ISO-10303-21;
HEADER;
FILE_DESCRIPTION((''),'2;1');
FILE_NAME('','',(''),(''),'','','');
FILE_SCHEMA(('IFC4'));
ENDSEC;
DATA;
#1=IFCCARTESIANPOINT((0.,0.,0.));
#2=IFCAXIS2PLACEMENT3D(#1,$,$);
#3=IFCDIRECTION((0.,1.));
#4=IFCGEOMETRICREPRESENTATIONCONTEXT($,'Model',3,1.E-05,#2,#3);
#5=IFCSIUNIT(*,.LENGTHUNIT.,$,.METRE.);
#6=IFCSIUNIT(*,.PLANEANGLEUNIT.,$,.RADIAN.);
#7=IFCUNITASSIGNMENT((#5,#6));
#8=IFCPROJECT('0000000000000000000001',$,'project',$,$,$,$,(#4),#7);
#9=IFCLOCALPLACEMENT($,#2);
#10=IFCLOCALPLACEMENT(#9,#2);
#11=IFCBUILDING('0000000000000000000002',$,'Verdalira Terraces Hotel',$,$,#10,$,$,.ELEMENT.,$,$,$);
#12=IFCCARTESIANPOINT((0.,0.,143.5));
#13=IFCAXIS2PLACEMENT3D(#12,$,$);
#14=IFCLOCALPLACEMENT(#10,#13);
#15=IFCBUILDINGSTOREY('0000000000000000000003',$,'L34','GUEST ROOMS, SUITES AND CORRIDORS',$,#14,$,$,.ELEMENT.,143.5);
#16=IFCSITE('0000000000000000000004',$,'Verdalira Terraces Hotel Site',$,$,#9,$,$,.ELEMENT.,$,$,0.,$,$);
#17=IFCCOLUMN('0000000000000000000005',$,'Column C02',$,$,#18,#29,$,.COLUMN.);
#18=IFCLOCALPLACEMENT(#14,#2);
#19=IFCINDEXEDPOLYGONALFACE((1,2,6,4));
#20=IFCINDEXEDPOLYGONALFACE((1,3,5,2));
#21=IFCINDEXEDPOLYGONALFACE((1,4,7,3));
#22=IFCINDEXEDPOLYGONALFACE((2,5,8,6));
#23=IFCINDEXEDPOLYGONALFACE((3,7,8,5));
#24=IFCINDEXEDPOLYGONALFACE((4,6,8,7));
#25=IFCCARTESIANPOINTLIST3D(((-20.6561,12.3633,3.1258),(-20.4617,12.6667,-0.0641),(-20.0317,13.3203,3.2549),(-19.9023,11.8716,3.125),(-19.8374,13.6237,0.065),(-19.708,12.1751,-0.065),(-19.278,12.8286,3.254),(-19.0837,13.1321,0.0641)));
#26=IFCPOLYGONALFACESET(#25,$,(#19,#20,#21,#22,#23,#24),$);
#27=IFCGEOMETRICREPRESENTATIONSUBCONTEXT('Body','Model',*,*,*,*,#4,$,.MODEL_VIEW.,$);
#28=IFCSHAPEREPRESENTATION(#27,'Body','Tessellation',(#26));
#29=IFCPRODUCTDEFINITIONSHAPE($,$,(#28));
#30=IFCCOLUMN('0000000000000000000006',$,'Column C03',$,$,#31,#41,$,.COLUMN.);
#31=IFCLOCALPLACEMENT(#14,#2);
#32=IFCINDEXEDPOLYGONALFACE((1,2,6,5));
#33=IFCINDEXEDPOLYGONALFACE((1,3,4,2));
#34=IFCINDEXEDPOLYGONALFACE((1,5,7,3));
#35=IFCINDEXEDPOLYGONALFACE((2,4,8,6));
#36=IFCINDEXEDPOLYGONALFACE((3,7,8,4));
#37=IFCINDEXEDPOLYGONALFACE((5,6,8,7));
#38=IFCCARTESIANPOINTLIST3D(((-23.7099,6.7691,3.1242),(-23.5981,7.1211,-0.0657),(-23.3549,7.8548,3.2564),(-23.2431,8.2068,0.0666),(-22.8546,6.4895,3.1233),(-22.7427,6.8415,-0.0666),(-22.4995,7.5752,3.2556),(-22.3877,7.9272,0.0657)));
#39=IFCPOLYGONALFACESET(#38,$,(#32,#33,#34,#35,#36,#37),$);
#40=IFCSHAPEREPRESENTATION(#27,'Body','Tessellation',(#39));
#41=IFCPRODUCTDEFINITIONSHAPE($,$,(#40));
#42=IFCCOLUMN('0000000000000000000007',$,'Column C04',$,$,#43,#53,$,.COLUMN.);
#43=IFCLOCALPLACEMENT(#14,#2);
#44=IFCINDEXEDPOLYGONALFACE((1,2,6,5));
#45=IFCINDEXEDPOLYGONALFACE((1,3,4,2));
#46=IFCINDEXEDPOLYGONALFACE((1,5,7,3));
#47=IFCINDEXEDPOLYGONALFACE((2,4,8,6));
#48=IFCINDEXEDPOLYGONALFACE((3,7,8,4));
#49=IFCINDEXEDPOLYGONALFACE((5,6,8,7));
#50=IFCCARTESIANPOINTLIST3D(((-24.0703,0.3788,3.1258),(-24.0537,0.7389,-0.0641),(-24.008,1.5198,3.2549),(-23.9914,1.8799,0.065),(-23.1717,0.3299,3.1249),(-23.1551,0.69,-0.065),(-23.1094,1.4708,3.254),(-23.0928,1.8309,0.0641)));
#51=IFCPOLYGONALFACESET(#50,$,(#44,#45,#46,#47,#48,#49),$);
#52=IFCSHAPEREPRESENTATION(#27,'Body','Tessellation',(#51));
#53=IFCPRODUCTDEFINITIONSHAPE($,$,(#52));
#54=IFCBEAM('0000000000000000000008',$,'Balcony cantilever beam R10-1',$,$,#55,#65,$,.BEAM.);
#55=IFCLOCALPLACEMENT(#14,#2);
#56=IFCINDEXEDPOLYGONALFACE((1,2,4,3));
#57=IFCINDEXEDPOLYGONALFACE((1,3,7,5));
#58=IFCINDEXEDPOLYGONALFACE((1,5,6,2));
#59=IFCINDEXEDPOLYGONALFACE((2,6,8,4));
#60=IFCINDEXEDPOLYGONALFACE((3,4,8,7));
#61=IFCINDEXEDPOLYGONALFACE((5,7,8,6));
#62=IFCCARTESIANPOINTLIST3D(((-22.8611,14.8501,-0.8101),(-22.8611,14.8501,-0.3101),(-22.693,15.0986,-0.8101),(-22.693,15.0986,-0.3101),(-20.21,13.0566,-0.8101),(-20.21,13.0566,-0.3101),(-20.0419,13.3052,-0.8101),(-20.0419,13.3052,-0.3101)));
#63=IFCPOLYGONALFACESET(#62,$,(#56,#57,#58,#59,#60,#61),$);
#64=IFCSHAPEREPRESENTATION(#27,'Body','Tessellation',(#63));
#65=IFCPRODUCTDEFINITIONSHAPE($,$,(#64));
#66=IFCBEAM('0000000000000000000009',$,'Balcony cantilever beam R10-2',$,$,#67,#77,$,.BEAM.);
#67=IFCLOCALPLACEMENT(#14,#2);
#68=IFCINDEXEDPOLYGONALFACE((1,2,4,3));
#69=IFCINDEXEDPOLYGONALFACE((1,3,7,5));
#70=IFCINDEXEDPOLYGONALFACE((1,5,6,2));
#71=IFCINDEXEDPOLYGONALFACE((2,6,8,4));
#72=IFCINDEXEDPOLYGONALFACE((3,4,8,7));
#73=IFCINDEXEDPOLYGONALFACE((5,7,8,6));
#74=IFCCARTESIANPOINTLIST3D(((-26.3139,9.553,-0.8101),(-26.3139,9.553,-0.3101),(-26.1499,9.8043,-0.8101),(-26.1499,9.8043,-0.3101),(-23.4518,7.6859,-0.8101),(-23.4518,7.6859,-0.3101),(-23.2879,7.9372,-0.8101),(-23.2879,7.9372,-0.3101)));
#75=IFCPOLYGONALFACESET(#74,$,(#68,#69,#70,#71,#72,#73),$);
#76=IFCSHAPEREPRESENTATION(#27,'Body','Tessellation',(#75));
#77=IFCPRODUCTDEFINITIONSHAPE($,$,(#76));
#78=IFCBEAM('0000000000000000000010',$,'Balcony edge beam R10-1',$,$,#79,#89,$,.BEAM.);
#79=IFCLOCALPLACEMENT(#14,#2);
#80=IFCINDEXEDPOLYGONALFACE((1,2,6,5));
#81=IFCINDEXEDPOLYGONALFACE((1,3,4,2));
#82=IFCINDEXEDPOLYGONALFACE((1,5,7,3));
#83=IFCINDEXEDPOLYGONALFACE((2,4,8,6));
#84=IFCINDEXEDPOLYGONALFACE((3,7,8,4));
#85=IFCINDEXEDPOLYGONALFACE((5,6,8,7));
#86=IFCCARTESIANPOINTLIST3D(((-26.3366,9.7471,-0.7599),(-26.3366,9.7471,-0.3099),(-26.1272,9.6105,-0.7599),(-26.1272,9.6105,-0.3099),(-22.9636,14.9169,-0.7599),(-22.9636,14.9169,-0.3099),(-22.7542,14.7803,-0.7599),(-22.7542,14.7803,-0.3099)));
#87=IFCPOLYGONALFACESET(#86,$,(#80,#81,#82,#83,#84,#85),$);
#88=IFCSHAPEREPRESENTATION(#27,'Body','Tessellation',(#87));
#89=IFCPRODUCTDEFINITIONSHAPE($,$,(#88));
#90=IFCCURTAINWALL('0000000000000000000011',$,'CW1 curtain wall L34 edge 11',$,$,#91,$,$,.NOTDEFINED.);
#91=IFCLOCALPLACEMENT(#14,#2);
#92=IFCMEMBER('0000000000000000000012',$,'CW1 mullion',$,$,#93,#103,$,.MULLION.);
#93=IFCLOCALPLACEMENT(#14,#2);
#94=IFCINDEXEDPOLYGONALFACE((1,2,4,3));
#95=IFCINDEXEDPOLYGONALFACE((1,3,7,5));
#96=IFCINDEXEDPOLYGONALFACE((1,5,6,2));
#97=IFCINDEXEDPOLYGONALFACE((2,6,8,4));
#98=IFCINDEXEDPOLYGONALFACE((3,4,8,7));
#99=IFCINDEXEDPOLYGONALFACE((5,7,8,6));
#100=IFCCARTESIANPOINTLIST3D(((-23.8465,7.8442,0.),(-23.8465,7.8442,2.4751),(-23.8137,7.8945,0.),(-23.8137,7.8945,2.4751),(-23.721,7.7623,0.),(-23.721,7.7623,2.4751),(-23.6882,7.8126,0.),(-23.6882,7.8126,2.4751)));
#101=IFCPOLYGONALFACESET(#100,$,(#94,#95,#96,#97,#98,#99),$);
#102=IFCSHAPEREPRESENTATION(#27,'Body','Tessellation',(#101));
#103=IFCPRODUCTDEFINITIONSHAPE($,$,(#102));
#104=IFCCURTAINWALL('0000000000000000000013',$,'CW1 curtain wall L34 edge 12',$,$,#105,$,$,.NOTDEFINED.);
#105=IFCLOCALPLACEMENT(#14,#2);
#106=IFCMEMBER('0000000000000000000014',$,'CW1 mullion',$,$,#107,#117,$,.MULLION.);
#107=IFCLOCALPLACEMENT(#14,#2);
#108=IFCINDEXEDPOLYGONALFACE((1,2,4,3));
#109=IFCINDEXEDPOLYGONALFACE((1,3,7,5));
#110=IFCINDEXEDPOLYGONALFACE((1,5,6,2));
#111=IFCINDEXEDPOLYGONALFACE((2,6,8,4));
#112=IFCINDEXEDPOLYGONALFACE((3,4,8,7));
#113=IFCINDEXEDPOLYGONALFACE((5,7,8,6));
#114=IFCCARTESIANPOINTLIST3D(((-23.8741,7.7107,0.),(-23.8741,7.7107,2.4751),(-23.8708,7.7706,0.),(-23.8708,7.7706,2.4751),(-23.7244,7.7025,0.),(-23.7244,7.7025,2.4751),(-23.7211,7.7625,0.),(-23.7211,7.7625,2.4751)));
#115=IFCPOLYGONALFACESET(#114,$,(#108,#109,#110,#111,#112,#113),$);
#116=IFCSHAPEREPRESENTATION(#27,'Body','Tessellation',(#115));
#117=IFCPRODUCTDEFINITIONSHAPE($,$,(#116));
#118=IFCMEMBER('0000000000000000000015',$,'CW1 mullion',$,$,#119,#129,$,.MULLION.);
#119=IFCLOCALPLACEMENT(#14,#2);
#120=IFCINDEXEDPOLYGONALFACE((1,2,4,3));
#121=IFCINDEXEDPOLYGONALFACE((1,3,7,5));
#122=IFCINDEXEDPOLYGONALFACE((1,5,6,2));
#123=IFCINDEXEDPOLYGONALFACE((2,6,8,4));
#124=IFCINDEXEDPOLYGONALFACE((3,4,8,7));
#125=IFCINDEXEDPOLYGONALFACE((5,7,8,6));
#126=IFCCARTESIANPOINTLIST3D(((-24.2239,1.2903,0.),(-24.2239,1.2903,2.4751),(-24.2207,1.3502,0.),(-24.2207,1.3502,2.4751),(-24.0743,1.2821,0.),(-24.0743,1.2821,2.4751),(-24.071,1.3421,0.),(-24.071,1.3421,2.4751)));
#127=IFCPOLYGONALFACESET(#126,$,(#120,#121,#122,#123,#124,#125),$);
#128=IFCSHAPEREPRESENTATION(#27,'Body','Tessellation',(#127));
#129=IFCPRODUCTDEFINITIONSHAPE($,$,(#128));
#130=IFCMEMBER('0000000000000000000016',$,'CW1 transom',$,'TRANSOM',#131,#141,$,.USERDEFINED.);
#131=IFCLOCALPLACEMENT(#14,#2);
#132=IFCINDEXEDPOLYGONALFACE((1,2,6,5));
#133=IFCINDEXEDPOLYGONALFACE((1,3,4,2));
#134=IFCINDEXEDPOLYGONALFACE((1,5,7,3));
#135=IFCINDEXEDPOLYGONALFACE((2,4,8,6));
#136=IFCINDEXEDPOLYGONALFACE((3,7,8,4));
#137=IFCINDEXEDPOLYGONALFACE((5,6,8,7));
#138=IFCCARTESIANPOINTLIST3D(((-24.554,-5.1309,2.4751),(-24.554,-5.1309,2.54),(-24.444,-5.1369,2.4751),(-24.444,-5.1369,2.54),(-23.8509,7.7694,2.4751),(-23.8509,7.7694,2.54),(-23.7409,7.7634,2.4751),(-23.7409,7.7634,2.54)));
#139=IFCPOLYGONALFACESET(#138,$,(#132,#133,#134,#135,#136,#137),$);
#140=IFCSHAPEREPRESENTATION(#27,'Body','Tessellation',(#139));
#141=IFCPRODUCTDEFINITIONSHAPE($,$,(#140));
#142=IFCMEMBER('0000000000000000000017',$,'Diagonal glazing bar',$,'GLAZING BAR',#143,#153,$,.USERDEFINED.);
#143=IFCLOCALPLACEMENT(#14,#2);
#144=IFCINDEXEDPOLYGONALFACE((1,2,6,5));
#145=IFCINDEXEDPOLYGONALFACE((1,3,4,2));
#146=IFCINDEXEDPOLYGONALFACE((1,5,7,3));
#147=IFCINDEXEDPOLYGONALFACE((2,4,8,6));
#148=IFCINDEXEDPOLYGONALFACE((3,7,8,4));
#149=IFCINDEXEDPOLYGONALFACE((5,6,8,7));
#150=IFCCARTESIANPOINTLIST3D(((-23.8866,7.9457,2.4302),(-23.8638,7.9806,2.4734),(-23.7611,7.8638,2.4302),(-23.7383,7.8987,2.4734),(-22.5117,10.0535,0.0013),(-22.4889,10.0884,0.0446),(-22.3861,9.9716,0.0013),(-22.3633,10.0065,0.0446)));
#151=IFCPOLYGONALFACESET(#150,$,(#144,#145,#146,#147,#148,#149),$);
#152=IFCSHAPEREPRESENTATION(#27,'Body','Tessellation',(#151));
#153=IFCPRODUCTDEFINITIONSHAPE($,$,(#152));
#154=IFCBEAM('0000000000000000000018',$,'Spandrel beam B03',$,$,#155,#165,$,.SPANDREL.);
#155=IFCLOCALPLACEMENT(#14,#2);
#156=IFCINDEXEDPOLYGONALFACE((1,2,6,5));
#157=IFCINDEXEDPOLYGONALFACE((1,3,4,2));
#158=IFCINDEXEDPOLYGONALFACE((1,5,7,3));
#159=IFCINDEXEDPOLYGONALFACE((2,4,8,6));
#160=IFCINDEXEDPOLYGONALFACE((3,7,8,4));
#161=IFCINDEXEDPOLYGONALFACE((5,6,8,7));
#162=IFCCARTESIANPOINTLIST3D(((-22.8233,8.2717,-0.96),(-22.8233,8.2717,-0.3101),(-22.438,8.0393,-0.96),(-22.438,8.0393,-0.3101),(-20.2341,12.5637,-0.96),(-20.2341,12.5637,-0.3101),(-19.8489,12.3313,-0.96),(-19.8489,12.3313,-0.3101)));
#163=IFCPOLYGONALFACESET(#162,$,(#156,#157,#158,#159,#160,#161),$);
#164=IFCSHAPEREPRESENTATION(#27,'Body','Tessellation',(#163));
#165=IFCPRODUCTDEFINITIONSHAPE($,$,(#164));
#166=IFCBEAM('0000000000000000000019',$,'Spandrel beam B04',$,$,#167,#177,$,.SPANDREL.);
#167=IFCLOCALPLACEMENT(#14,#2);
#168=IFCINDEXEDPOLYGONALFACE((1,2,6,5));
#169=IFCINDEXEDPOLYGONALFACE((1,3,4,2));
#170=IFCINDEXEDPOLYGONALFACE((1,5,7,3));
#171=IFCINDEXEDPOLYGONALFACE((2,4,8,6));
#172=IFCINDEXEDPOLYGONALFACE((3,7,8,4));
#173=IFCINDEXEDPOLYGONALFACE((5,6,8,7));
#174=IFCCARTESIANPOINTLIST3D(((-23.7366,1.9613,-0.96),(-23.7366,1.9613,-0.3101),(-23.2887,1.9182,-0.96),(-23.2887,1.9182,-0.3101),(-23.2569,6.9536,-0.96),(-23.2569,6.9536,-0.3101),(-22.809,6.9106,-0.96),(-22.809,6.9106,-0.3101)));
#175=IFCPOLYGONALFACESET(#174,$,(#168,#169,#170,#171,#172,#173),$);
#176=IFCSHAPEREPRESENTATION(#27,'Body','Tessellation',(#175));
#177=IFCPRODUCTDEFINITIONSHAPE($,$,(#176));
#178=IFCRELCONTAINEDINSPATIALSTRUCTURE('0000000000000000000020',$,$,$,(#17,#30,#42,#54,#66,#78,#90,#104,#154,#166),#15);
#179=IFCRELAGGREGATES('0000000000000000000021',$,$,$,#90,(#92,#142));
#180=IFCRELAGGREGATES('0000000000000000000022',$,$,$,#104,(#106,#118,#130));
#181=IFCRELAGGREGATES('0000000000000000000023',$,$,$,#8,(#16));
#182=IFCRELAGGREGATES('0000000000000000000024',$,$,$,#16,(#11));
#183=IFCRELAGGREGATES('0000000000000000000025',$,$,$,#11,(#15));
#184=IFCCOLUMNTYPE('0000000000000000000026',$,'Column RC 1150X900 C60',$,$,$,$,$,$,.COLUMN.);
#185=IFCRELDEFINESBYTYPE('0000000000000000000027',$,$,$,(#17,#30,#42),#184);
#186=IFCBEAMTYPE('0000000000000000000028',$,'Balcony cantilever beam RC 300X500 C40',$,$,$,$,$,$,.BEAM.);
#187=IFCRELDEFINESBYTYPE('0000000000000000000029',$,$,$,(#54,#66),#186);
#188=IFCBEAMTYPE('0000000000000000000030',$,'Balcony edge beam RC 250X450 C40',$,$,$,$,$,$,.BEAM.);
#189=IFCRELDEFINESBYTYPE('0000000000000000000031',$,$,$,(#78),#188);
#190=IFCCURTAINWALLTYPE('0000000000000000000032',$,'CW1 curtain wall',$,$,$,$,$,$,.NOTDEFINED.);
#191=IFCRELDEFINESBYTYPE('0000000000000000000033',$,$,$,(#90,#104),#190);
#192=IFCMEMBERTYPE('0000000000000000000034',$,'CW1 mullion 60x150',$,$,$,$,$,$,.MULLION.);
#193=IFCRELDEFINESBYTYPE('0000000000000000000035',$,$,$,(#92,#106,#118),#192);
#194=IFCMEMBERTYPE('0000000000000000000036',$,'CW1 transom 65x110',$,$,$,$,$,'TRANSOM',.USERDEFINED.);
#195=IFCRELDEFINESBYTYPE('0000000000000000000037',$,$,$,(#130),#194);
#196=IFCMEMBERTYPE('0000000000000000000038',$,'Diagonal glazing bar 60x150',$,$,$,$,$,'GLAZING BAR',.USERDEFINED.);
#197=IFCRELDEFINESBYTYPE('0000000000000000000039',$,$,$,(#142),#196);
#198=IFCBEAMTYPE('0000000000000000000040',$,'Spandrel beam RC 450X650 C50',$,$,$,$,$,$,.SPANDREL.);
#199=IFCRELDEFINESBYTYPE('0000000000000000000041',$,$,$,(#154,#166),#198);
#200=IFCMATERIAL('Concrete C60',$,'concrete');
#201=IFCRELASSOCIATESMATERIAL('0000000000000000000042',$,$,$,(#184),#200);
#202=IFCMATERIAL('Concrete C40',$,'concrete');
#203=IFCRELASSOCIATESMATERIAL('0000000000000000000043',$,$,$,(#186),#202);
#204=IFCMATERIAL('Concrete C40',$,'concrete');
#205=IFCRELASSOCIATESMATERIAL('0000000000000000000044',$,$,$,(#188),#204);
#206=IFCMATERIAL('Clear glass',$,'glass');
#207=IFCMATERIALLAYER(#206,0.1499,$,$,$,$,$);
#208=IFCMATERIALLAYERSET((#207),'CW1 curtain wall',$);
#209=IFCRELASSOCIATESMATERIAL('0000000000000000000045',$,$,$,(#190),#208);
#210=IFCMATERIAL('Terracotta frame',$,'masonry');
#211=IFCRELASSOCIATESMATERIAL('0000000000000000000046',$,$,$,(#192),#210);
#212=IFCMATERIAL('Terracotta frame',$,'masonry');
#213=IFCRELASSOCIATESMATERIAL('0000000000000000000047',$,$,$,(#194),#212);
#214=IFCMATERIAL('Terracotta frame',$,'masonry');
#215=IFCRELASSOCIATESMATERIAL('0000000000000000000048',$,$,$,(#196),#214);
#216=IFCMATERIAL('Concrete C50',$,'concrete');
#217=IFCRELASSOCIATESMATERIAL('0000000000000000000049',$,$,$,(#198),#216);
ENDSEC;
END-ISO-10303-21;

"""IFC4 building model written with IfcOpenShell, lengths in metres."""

from ifc_helpers import new_model, si_unit, direction, frame, origin, origin_2d, place, context, subcontext, project, spatial, rectangle, extrude, material, layer, layer_set, material_profile, profile_set, type_object, element, aggregate, save


model = new_model("IFC4")

# Units and contexts
model_context = context("Model", 3, precision=1e-05, world=origin(), true_north=direction((0.0, 1.0)))
body_context = subcontext(model_context, "Body", "Model", "MODEL_VIEW")
ifc_project = project(units=[si_unit("LENGTHUNIT", "METRE"), si_unit("PLANEANGLEUNIT", "RADIAN")], contexts=[model_context])

# Site, building, storey
site_placement = place(None, origin())
site = spatial("IfcSite", under=ifc_project, at=site_placement, Name="Verdalira Terraces Hotel Site", CompositionType="ELEMENT", RefElevation=0.0)
building_placement = place(site_placement, origin())
building = spatial("IfcBuilding", under=site, at=building_placement, Name="Verdalira Terraces Hotel", CompositionType="ELEMENT")
storey_placement = place(building_placement, frame((0.0, 0.0, 143.5)))
storey = spatial("IfcBuildingStorey", under=building, at=storey_placement, Name="L34", Description="GUEST ROOMS, SUITES AND CORRIDORS", CompositionType="ELEMENT", Elevation=143.5)

# Columns
ifc_material_1 = material(Name="Concrete C60", Category="concrete")
ifc_material_profile_1 = material_profile(ifc_material_1, rectangle(XDim=1.1499, YDim=0.8999, at=origin_2d()), Name="RC 1150X900")
ifc_profile_set_1 = profile_set([ifc_material_profile_1], Name="Concrete C60")
column_type = type_object("IfcColumnType", Name="Column RC 1150X900 C60", PredefinedType="COLUMN", material=ifc_profile_set_1)
column_1_placement = place(storey_placement, frame((-19.7727, 12.8994, 0.0), z_axis=(-0.060536, -0.094531, 0.99368), x_axis=(-0.542957, -0.832224, -0.112249)))
element("IfcColumn", 1, at=column_1_placement, inside=storey, type_object=column_type, Name="Column C02", PredefinedType="COLUMN", context=body_context, shape_type="SweptSolid", body=[
    extrude(rectangle(XDim=1.1499, YDim=0.8999, at=origin_2d()), origin(), (0.0, 0.0, 1.0), 3.2102),
])
column_2_placement = place(storey_placement, frame((-22.9929, 7.5242, 0.0), z_axis=(-0.03482, -0.10963, 0.993362), x_axis=(0.30873, 0.944169, 0.115023)))
element("IfcColumn", 2, at=column_2_placement, inside=storey, type_object=column_type, Name="Column C03", PredefinedType="COLUMN", context=body_context, shape_type="SweptSolid", body=[
    extrude(rectangle(XDim=1.1499, YDim=0.8999, at=origin_2d()), origin(), (0.0, 0.0, 1.0), 3.2112),
])
column_3_placement = place(storey_placement, frame((-23.5732, 1.2849, 0.0), z_axis=(-0.005171, -0.112174, 0.993675), x_axis=(-0.054183, -0.992197, -0.11229)))
element("IfcColumn", 3, at=column_3_placement, inside=storey, type_object=column_type, Name="Column C04", PredefinedType="COLUMN", context=body_context, shape_type="SweptSolid", body=[
    extrude(rectangle(XDim=1.1499, YDim=0.8999, at=origin_2d()), origin(), (0.0, 0.0, 1.0), 3.2102),
])

# Beams
ifc_material_2 = material(Name="Concrete C40", Category="concrete")
ifc_material_profile_2 = material_profile(ifc_material_2, rectangle(XDim=0.3, YDim=0.5, at=origin_2d()), Name="RC 300X500")
ifc_profile_set_2 = profile_set([ifc_material_profile_2], Name="Concrete C40")
beam_type_1 = type_object("IfcBeamType", Name="Balcony cantilever beam RC 300X500 C40", PredefinedType="BEAM", material=ifc_profile_set_2)
beam_1_placement = place(storey_placement, frame((-20.126, 13.1809, -0.5601), z_axis=(-0.828276, 0.56032, 0.0), x_axis=(-0.56032, -0.828276, 0.0)))
element("IfcBeam", 4, at=beam_1_placement, inside=storey, type_object=beam_type_1, Name="Balcony cantilever beam R10-1", PredefinedType="BEAM", context=body_context, shape_type="SweptSolid", body=[
    extrude(rectangle(XDim=0.3, YDim=0.5, at=origin_2d()), origin(), (0.0, 0.0, 1.0), 3.2007),
])
beam_2_placement = place(storey_placement, frame((-23.3699, 7.8115, -0.5601), z_axis=(-0.837527, 0.546396, 0.0), x_axis=(-0.546396, -0.837527, 0.0)))
element("IfcBeam", 5, at=beam_2_placement, inside=storey, type_object=beam_type_1, Name="Balcony cantilever beam R10-2", PredefinedType="BEAM", context=body_context, shape_type="SweptSolid", body=[
    extrude(rectangle(XDim=0.3, YDim=0.5, at=origin_2d()), origin(), (0.0, 0.0, 1.0), 3.4172),
])
ifc_material_3 = material(Name="Concrete C40", Category="concrete")
ifc_material_profile_3 = material_profile(ifc_material_3, rectangle(XDim=0.25, YDim=0.45, at=origin_2d()), Name="RC 250X450")
ifc_profile_set_3 = profile_set([ifc_material_profile_3], Name="Concrete C40")
beam_type_2 = type_object("IfcBeamType", Name="Balcony edge beam RC 250X450 C40", PredefinedType="BEAM", material=ifc_profile_set_3)
beam_3_placement = place(storey_placement, frame((-22.8589, 14.8486, -0.5349), z_axis=(-0.546422, -0.83751, 0.0), x_axis=(0.83751, -0.546422, 0.0)))
element("IfcBeam", 6, at=beam_3_placement, inside=storey, type_object=beam_type_2, Name="Balcony edge beam R10-1", PredefinedType="BEAM", context=body_context, shape_type="SweptSolid", body=[
    extrude(rectangle(XDim=0.25, YDim=0.45, at=origin_2d()), origin(), (0.0, 0.0, 1.0), 6.1729),
])

# Curtain wall, member
ifc_material_4 = material(Name="Clear glass", Category="glass")
ifc_layer_1 = layer(ifc_material_4, 0.1499)
ifc_layer_set_1 = layer_set([ifc_layer_1], Name="CW1 curtain wall")
curtain_wall_type = type_object("IfcCurtainWallType", Name="CW1 curtain wall", PredefinedType="NOTDEFINED", material=ifc_layer_set_1)
curtain_wall_1_placement = place(storey_placement, origin())
curtain_wall_1 = element("IfcCurtainWall", 7, at=curtain_wall_1_placement, inside=storey, type_object=curtain_wall_type, Name="CW1 curtain wall L34 edge 11", PredefinedType="NOTDEFINED")
ifc_material_5 = material(Name="Terracotta frame", Category="masonry")
ifc_material_profile_4 = material_profile(ifc_material_5, rectangle(XDim=0.0601, YDim=0.1499, at=origin_2d()), Name="MU 60x150")
ifc_profile_set_4 = profile_set([ifc_material_profile_4], Name="Terracotta frame")
member_type_1 = type_object("IfcMemberType", Name="CW1 mullion 60x150", PredefinedType="MULLION", material=ifc_profile_set_4)
member_1_placement = place(storey_placement, frame((-23.7673, 7.8284, 0.0), z_axis=(0.0, 0.0, 1.0), x_axis=(-0.546394, -0.837528, 0.0)))
member_1 = element("IfcMember", 8, at=member_1_placement, type_object=member_type_1, Name="CW1 mullion", PredefinedType="MULLION", context=body_context, shape_type="SweptSolid", body=[
    extrude(rectangle(XDim=0.0601, YDim=0.1499, at=origin_2d()), origin(), (0.0, 0.0, 1.0), 2.4751),
])

# Curtain wall, members
curtain_wall_2_placement = place(storey_placement, origin())
curtain_wall_2 = element("IfcCurtainWall", 9, at=curtain_wall_2_placement, inside=storey, type_object=curtain_wall_type, Name="CW1 curtain wall L34 edge 12", PredefinedType="NOTDEFINED")
member_2_placement = place(storey_placement, frame((-23.7976, 7.7366, 0.0), z_axis=(0.0, 0.0, 1.0), x_axis=(-0.054427, -0.998518, 0.0)))
member_2 = element("IfcMember", 10, at=member_2_placement, type_object=member_type_1, Name="CW1 mullion", PredefinedType="MULLION", context=body_context, shape_type="SweptSolid", body=[
    extrude(rectangle(XDim=0.0601, YDim=0.1499, at=origin_2d()), origin(), (0.0, 0.0, 1.0), 2.4751),
])
member_3_placement = place(storey_placement, frame((-24.1475, 1.3162, 0.0), z_axis=(0.0, 0.0, 1.0), x_axis=(-0.054427, -0.998518, 0.0)))
member_3 = element("IfcMember", 11, at=member_3_placement, type_object=member_type_1, Name="CW1 mullion", PredefinedType="MULLION", context=body_context, shape_type="SweptSolid", body=[
    extrude(rectangle(XDim=0.0601, YDim=0.1499, at=origin_2d()), origin(), (0.0, 0.0, 1.0), 2.4751),
])
ifc_material_6 = material(Name="Terracotta frame", Category="masonry")
ifc_material_profile_5 = material_profile(ifc_material_6, rectangle(XDim=0.1101, YDim=0.0649, at=origin_2d()), Name="TR 65x110")
ifc_profile_set_5 = profile_set([ifc_material_profile_5], Name="Terracotta frame")
member_type_2 = type_object("IfcMemberType", Name="CW1 transom 65x110", ElementType="TRANSOM", PredefinedType="USERDEFINED", material=ifc_profile_set_5)
member_4_placement = place(storey_placement, frame((-23.7959, 7.7664, 2.5076), z_axis=(-0.054423, -0.998518, 0.0), x_axis=(0.998518, -0.054423, 0.0)))
member_4 = element("IfcMember", 12, at=member_4_placement, type_object=member_type_2, Name="CW1 transom", ObjectType="TRANSOM", PredefinedType="USERDEFINED", context=body_context, shape_type="SweptSolid", body=[
    extrude(rectangle(XDim=0.1101, YDim=0.0649, at=origin_2d()), origin(), (0.0, 0.0, 1.0), 12.9194),
])

# Member
ifc_material_7 = material(Name="Terracotta frame", Category="masonry")
ifc_material_profile_6 = material_profile(ifc_material_7, rectangle(XDim=0.1499, YDim=0.0601, at=origin_2d()), Name="GB 60x150")
ifc_profile_set_6 = profile_set([ifc_material_profile_6], Name="Terracotta frame")
member_type_3 = type_object("IfcMemberType", Name="Diagonal glazing bar 60x150", ElementType="GLAZING BAR", PredefinedType="USERDEFINED", material=ifc_profile_set_6)
member_5_placement = place(storey_placement, frame((-22.4375, 10.03, 0.0229), z_axis=(-0.393118, -0.60266, 0.694448), x_axis=(0.83756, -0.546345, 0.0)))
member_5 = element("IfcMember", 13, at=member_5_placement, type_object=member_type_3, Name="Diagonal glazing bar", ObjectType="GLAZING BAR", PredefinedType="USERDEFINED", context=body_context, shape_type="SweptSolid", body=[
    extrude(rectangle(XDim=0.1499, YDim=0.0601, at=origin_2d()), origin(), (0.0, 0.0, 1.0), 3.4976),
])

# Beams
ifc_material_8 = material(Name="Concrete C50", Category="concrete")
ifc_material_profile_7 = material_profile(ifc_material_8, rectangle(XDim=0.45, YDim=0.6499, at=origin_2d()), Name="RC 450X650")
ifc_profile_set_7 = profile_set([ifc_material_profile_7], Name="Concrete C50")
beam_type_3 = type_object("IfcBeamType", Name="Spandrel beam RC 450X650 C50", PredefinedType="SPANDREL", material=ifc_profile_set_7)
beam_4_placement = place(storey_placement, frame((-20.0415, 12.4475, -0.635), z_axis=(-0.516536, -0.856266, 0.0), x_axis=(0.856266, -0.516536, 0.0)))
element("IfcBeam", 14, at=beam_4_placement, inside=storey, type_object=beam_type_3, Name="Spandrel beam B03", PredefinedType="SPANDREL", context=body_context, shape_type="SweptSolid", body=[
    extrude(rectangle(XDim=0.45, YDim=0.6499, at=origin_2d()), origin(), (0.0, 0.0, 1.0), 5.0125),
])
beam_5_placement = place(storey_placement, frame((-23.033, 6.9321, -0.635), z_axis=(-0.095652, -0.995415, 0.0), x_axis=(0.995415, -0.095652, 0.0)))
element("IfcBeam", 15, at=beam_5_placement, inside=storey, type_object=beam_type_3, Name="Spandrel beam B04", PredefinedType="SPANDREL", context=body_context, shape_type="SweptSolid", body=[
    extrude(rectangle(XDim=0.45, YDim=0.6499, at=origin_2d()), origin(), (0.0, 0.0, 1.0), 5.0154),
])

aggregate(curtain_wall_1, [member_1, member_5])
aggregate(curtain_wall_2, [member_2, member_3, member_4])

save(model, "model.ifc")
